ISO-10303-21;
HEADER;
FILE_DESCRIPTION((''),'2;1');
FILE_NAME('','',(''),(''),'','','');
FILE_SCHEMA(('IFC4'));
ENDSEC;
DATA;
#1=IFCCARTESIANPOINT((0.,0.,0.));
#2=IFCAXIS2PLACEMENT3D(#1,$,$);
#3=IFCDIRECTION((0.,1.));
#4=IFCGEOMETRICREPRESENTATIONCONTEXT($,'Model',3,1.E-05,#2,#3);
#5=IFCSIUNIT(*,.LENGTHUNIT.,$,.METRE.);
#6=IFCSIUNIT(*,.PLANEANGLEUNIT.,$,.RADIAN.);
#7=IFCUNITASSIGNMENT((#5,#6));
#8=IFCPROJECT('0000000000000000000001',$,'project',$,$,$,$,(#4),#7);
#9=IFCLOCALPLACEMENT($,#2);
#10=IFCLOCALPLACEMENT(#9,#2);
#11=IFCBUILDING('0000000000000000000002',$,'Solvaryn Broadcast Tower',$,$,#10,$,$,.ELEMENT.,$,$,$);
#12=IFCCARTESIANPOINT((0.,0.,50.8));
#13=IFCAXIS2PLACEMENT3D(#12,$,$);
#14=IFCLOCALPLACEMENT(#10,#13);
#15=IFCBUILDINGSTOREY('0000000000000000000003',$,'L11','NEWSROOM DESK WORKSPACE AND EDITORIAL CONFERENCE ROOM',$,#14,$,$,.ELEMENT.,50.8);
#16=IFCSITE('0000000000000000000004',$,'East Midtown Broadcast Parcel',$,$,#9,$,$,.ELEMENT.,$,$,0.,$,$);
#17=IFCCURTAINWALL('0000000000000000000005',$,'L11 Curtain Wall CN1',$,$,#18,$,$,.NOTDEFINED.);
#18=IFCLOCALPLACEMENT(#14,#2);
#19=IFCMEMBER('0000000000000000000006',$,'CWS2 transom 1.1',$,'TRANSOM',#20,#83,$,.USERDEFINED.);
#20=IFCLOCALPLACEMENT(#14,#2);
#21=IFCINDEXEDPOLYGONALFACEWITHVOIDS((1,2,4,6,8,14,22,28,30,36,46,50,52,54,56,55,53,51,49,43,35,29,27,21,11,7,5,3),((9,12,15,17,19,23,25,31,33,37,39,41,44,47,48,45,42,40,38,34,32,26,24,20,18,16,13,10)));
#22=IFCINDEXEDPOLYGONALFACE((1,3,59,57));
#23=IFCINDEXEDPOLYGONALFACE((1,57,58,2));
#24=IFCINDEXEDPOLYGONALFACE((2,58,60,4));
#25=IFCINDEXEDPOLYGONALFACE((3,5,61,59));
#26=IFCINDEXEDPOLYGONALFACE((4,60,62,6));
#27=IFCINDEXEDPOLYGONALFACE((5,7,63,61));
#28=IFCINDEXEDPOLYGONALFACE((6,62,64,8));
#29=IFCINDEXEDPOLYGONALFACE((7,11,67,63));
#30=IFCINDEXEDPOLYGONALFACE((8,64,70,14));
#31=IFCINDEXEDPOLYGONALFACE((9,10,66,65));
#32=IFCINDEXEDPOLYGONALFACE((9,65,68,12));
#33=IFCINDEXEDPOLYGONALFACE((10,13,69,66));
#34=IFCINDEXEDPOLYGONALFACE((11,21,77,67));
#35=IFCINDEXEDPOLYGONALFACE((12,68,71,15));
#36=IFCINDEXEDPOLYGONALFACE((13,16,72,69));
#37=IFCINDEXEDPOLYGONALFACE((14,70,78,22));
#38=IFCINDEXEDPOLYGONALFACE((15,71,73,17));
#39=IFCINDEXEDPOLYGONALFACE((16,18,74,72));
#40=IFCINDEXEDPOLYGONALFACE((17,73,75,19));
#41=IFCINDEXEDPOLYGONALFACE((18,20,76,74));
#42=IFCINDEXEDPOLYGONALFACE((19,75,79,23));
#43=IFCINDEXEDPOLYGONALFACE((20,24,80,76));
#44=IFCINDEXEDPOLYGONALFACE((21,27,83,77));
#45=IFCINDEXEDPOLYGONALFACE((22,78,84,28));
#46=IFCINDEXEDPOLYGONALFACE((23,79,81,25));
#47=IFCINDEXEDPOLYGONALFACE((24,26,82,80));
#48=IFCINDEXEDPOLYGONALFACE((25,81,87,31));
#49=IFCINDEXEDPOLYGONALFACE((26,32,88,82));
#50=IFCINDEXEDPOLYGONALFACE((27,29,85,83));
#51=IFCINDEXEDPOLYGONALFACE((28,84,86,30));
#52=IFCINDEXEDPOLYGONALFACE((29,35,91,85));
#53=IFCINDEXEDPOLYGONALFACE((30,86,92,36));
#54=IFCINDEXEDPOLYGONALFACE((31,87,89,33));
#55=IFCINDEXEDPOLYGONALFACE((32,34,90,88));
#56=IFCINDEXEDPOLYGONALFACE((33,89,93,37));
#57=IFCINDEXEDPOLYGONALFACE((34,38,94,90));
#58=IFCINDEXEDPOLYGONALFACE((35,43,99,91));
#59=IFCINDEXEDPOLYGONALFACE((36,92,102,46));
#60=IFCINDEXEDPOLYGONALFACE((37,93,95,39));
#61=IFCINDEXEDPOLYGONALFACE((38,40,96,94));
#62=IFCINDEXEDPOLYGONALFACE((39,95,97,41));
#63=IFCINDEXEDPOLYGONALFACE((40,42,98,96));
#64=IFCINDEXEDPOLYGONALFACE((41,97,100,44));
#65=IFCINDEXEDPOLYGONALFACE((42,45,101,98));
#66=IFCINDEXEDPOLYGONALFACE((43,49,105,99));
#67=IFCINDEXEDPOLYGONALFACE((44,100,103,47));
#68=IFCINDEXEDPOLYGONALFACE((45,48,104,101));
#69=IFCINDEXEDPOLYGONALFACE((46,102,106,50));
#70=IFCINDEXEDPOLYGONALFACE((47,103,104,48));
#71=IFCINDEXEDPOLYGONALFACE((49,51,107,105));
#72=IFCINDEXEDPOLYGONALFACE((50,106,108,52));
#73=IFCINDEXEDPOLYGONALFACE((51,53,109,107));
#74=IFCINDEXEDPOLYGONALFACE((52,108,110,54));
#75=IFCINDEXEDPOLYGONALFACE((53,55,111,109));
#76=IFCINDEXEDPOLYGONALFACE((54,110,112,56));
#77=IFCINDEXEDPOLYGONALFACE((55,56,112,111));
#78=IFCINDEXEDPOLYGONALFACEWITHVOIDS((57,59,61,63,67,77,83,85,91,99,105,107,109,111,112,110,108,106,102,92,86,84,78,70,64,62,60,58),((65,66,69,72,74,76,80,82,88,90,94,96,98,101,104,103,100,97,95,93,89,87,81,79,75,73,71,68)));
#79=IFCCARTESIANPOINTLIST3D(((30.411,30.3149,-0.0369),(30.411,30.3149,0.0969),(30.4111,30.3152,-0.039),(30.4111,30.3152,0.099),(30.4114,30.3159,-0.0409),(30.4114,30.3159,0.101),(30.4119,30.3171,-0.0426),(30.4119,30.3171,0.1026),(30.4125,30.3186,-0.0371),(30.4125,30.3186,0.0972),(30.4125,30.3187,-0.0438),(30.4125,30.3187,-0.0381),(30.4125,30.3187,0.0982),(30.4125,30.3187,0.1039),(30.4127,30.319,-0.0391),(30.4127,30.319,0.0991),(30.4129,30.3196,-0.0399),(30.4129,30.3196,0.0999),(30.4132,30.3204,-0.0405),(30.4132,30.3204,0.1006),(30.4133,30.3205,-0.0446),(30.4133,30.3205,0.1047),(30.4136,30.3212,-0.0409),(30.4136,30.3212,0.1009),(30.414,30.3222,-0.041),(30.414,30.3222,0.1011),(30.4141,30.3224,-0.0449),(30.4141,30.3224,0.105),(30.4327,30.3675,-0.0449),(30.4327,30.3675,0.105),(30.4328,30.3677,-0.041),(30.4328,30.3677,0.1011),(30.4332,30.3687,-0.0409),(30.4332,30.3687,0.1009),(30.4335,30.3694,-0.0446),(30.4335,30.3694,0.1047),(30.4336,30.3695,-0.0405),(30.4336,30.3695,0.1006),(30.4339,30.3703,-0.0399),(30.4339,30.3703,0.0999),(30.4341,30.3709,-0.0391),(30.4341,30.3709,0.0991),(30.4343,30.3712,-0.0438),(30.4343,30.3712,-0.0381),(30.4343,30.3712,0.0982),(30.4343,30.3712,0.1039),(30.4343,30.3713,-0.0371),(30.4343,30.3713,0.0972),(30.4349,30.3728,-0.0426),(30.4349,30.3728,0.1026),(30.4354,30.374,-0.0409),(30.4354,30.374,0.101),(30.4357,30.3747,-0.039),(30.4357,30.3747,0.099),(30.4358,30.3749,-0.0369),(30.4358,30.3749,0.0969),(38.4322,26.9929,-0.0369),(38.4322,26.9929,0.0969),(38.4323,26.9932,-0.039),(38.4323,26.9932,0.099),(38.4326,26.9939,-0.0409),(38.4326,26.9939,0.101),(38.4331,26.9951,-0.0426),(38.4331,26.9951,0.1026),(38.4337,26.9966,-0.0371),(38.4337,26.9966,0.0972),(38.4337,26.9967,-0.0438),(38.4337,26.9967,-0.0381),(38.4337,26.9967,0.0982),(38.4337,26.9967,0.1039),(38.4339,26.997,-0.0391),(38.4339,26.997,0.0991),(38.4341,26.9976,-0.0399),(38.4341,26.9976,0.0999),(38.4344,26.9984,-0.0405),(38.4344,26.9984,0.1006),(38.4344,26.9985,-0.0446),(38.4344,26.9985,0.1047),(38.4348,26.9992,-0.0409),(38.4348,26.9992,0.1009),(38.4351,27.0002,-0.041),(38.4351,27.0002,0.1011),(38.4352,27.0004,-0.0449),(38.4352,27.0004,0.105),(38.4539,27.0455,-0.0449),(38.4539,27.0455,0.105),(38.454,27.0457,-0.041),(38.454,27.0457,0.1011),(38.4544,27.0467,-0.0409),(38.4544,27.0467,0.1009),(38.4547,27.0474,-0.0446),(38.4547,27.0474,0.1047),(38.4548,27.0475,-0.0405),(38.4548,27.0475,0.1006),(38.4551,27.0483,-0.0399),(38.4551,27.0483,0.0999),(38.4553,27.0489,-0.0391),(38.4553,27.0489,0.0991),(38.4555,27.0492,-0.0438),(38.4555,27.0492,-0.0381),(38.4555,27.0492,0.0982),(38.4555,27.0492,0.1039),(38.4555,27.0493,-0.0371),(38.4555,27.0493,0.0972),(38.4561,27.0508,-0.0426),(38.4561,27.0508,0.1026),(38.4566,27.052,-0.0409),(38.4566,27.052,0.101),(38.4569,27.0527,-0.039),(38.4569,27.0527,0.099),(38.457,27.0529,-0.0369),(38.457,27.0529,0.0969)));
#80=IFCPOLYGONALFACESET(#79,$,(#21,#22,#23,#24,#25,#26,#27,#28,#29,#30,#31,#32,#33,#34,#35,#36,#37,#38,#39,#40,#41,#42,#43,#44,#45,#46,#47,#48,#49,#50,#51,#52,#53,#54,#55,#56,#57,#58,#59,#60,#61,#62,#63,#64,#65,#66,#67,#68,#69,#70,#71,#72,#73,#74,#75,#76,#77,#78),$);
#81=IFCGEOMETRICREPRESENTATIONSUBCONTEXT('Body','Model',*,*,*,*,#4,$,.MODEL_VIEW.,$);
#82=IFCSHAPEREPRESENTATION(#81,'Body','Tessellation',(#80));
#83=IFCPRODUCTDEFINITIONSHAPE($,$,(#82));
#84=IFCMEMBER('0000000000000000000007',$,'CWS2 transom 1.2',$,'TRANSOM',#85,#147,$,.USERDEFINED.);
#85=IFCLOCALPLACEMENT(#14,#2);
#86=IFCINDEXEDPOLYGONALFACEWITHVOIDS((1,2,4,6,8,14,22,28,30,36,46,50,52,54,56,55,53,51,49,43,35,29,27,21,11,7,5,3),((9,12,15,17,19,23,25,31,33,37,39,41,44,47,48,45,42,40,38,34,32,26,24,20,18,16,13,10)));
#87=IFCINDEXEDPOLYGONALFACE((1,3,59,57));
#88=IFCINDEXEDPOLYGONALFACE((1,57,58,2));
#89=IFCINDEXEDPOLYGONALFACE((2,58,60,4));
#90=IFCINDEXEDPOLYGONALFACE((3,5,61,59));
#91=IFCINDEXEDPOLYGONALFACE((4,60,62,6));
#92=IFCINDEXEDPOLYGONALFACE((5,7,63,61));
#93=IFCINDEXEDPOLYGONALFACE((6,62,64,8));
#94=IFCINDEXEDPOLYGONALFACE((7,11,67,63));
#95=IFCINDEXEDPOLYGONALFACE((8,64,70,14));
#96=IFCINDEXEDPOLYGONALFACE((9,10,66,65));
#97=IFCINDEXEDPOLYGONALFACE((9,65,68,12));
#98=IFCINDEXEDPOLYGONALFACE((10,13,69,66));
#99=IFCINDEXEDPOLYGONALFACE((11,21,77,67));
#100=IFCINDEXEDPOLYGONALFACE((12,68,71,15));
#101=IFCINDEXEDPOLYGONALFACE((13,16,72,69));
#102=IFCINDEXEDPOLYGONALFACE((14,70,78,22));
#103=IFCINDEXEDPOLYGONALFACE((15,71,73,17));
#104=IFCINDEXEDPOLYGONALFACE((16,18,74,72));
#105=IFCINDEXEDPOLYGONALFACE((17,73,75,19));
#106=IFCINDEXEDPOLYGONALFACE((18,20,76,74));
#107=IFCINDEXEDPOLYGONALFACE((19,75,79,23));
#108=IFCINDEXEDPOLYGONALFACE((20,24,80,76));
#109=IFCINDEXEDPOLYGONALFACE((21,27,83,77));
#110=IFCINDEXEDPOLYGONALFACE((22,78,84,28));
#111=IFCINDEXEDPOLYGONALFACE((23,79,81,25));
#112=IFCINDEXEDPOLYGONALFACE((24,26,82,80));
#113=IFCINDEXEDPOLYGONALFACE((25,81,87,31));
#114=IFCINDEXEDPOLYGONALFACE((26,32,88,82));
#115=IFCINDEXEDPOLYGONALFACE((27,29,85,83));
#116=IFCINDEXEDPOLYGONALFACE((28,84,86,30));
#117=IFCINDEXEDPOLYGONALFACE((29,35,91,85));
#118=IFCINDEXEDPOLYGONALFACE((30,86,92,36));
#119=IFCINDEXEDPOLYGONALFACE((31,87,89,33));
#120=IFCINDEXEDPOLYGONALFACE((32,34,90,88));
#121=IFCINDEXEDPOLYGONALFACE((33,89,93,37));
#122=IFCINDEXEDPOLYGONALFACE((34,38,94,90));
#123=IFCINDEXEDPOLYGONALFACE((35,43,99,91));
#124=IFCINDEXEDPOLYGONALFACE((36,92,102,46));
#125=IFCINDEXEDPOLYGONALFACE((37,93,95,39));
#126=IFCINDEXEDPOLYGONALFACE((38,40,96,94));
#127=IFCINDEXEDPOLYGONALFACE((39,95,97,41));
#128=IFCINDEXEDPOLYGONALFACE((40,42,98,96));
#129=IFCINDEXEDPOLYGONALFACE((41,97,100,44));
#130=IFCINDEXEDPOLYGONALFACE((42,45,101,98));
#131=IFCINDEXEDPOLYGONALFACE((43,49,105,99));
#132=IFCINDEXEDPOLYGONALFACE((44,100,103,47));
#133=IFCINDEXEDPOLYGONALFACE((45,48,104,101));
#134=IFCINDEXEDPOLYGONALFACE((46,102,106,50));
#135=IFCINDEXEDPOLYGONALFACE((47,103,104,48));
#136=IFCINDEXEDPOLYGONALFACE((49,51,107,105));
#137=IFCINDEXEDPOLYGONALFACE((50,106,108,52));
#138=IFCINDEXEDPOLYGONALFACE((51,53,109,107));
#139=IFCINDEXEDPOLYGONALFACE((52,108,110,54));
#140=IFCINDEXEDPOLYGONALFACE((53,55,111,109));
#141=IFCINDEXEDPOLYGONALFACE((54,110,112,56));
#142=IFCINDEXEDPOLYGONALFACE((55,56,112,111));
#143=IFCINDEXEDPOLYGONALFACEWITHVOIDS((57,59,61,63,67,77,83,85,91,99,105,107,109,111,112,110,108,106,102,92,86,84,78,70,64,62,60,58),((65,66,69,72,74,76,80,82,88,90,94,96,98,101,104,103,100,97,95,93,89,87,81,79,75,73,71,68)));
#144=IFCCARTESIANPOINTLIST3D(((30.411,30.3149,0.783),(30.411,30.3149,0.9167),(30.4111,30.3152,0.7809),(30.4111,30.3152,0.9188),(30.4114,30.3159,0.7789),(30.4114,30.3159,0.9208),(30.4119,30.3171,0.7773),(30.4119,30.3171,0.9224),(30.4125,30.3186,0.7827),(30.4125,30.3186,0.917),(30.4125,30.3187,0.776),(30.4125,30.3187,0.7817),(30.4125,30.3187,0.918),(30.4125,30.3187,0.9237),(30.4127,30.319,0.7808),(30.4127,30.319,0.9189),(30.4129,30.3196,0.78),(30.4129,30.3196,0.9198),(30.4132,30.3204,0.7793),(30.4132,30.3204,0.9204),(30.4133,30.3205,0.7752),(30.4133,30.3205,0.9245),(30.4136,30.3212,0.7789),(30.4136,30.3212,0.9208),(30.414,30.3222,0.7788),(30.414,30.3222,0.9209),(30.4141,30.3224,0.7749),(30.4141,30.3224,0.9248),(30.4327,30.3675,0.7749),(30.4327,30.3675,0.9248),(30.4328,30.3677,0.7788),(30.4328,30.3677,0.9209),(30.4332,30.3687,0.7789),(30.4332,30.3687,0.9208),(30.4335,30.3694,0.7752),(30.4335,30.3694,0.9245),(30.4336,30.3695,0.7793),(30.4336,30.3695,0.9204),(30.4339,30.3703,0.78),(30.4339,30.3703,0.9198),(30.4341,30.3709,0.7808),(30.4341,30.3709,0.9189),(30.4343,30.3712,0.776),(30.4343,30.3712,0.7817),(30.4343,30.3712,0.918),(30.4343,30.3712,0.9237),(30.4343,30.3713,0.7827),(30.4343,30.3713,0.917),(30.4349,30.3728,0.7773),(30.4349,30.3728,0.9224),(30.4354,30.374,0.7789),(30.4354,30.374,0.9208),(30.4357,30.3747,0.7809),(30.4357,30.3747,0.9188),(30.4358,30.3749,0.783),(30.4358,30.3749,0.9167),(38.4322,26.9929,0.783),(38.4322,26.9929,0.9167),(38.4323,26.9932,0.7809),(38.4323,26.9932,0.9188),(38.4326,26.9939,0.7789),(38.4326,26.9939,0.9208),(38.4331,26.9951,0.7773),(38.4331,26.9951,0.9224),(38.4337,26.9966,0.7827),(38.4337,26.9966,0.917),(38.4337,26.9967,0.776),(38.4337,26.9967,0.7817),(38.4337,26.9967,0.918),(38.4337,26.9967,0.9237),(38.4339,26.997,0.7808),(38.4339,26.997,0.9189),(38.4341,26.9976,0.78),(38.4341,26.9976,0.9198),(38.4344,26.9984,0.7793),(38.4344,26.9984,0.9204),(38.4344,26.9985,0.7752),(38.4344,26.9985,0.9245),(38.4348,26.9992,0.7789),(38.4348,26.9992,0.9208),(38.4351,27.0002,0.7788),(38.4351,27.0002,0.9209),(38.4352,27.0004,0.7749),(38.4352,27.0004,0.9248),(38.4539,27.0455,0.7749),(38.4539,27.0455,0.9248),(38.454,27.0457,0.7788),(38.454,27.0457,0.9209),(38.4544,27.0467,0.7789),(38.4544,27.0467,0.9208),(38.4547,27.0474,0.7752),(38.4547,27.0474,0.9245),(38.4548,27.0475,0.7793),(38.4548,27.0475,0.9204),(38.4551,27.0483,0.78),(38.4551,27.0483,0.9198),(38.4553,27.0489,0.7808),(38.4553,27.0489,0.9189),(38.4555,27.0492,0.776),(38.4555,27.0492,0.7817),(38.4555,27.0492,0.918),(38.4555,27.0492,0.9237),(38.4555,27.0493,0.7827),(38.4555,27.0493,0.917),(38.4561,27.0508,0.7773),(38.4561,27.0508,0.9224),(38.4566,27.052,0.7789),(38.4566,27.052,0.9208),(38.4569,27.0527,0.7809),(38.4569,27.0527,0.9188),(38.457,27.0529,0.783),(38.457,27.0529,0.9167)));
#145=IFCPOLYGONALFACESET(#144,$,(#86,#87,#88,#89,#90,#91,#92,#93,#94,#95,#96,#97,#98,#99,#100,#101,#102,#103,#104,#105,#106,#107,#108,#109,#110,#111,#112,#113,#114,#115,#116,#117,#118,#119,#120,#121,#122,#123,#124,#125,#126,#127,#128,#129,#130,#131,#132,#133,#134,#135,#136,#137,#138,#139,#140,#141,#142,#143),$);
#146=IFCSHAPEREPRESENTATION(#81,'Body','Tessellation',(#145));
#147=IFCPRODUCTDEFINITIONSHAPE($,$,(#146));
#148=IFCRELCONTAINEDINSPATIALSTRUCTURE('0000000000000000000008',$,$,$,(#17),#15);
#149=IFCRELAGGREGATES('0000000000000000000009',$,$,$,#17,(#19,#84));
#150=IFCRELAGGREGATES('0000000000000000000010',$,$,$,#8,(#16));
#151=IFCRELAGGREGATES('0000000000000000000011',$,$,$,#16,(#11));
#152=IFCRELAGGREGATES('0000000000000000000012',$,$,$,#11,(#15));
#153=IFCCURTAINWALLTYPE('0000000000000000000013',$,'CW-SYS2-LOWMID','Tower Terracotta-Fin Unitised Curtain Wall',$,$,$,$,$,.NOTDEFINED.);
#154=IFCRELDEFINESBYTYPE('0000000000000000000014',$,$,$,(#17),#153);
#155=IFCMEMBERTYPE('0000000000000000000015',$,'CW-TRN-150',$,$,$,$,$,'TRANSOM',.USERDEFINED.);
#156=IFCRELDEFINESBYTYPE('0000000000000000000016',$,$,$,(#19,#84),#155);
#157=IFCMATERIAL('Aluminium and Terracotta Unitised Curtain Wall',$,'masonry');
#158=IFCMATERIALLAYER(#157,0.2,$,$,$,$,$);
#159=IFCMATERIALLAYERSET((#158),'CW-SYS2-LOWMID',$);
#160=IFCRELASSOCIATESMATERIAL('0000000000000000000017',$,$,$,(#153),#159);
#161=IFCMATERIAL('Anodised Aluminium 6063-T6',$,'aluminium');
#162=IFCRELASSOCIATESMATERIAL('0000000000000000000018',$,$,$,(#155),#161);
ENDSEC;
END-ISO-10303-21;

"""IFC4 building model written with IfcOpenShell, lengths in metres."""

from ifc_helpers import new_model, si_unit, direction, frame, origin, origin_2d, place, context, subcontext, project, spatial, hollow_rectangle, extrude, material, layer, layer_set, material_profile, profile_set, type_object, element, aggregate, save


model = new_model("IFC4")

# Units and contexts
model_context = context("Model", 3, precision=1e-05, world=origin(), true_north=direction((0.0, 1.0)))
body_context = subcontext(model_context, "Body", "Model", "MODEL_VIEW")
ifc_project = project(units=[si_unit("LENGTHUNIT", "METRE"), si_unit("PLANEANGLEUNIT", "RADIAN")], contexts=[model_context])

# Site, building, storey
site_placement = place(None, origin())
site = spatial("IfcSite", under=ifc_project, at=site_placement, Name="East Midtown Broadcast Parcel", CompositionType="ELEMENT", RefElevation=0.0)
building_placement = place(site_placement, origin())
building = spatial("IfcBuilding", under=site, at=building_placement, Name="Solvaryn Broadcast Tower", CompositionType="ELEMENT")
storey_placement = place(building_placement, frame((0.0, 0.0, 50.8)))
storey = spatial("IfcBuildingStorey", under=building, at=storey_placement, Name="L11", Description="NEWSROOM DESK WORKSPACE AND EDITORIAL CONFERENCE ROOM", CompositionType="ELEMENT", Elevation=50.8)

# Curtain wall
ifc_material_1 = material(Name="Aluminium and Terracotta Unitised Curtain Wall", Category="masonry")
ifc_layer_1 = layer(ifc_material_1, 0.2)
ifc_layer_set_1 = layer_set([ifc_layer_1], Name="CW-SYS2-LOWMID")
curtain_wall_type = type_object("IfcCurtainWallType", Name="CW-SYS2-LOWMID", Description="Tower Terracotta-Fin Unitised Curtain Wall", PredefinedType="NOTDEFINED", material=ifc_layer_set_1)
curtain_wall_1_placement = place(storey_placement, origin())
curtain_wall_1 = element("IfcCurtainWall", 1, at=curtain_wall_1_placement, inside=storey, type_object=curtain_wall_type, Name="L11 Curtain Wall CN1", PredefinedType="NOTDEFINED")

# Members
ifc_material_2 = material(Name="Anodised Aluminium 6063-T6", Category="aluminium")
ifc_material_profile_1 = material_profile(ifc_material_2, hollow_rectangle(XDim=0.0649, YDim=0.1499, WallThickness=0.0039, InnerFilletRadius=0.0039, OuterFilletRadius=0.0081, at=origin_2d()))
ifc_profile_set_1 = profile_set([ifc_material_profile_1], Name="Anodised Aluminium 6063-T6")
member_type_1 = type_object("IfcMemberType", Name="CW-TRN-150", ElementType="TRANSOM", PredefinedType="USERDEFINED", material=ifc_profile_set_1)
member_1_placement = place(storey_placement, frame((38.4446, 27.0229, 0.03), z_axis=(-0.923899, 0.382636, 0.0), x_axis=(-0.382636, -0.923899, 0.0)))
member_1 = element("IfcMember", 2, at=member_1_placement, type_object=member_type_1, Name="CWS2 transom 1.1", ObjectType="TRANSOM", PredefinedType="USERDEFINED", context=body_context, shape_type="SweptSolid", body=[
    extrude(hollow_rectangle(XDim=0.0649, YDim=0.1499, WallThickness=0.0039, InnerFilletRadius=0.0039, OuterFilletRadius=0.0081, at=origin_2d()), origin(), (0.0, 0.0, 1.0), 8.6819),
])
member_2_placement = place(storey_placement, frame((38.4446, 27.0229, 0.8499), z_axis=(-0.923899, 0.382636, 0.0), x_axis=(-0.382636, -0.923899, 0.0)))
member_2 = element("IfcMember", 3, at=member_2_placement, type_object=member_type_1, Name="CWS2 transom 1.2", ObjectType="TRANSOM", PredefinedType="USERDEFINED", context=body_context, shape_type="SweptSolid", body=[
    extrude(hollow_rectangle(XDim=0.0649, YDim=0.1499, WallThickness=0.0039, InnerFilletRadius=0.0039, OuterFilletRadius=0.0081, at=origin_2d()), origin(), (0.0, 0.0, 1.0), 8.6819),
])
aggregate(curtain_wall_1, [member_1, member_2])

save(model, "model.ifc")
